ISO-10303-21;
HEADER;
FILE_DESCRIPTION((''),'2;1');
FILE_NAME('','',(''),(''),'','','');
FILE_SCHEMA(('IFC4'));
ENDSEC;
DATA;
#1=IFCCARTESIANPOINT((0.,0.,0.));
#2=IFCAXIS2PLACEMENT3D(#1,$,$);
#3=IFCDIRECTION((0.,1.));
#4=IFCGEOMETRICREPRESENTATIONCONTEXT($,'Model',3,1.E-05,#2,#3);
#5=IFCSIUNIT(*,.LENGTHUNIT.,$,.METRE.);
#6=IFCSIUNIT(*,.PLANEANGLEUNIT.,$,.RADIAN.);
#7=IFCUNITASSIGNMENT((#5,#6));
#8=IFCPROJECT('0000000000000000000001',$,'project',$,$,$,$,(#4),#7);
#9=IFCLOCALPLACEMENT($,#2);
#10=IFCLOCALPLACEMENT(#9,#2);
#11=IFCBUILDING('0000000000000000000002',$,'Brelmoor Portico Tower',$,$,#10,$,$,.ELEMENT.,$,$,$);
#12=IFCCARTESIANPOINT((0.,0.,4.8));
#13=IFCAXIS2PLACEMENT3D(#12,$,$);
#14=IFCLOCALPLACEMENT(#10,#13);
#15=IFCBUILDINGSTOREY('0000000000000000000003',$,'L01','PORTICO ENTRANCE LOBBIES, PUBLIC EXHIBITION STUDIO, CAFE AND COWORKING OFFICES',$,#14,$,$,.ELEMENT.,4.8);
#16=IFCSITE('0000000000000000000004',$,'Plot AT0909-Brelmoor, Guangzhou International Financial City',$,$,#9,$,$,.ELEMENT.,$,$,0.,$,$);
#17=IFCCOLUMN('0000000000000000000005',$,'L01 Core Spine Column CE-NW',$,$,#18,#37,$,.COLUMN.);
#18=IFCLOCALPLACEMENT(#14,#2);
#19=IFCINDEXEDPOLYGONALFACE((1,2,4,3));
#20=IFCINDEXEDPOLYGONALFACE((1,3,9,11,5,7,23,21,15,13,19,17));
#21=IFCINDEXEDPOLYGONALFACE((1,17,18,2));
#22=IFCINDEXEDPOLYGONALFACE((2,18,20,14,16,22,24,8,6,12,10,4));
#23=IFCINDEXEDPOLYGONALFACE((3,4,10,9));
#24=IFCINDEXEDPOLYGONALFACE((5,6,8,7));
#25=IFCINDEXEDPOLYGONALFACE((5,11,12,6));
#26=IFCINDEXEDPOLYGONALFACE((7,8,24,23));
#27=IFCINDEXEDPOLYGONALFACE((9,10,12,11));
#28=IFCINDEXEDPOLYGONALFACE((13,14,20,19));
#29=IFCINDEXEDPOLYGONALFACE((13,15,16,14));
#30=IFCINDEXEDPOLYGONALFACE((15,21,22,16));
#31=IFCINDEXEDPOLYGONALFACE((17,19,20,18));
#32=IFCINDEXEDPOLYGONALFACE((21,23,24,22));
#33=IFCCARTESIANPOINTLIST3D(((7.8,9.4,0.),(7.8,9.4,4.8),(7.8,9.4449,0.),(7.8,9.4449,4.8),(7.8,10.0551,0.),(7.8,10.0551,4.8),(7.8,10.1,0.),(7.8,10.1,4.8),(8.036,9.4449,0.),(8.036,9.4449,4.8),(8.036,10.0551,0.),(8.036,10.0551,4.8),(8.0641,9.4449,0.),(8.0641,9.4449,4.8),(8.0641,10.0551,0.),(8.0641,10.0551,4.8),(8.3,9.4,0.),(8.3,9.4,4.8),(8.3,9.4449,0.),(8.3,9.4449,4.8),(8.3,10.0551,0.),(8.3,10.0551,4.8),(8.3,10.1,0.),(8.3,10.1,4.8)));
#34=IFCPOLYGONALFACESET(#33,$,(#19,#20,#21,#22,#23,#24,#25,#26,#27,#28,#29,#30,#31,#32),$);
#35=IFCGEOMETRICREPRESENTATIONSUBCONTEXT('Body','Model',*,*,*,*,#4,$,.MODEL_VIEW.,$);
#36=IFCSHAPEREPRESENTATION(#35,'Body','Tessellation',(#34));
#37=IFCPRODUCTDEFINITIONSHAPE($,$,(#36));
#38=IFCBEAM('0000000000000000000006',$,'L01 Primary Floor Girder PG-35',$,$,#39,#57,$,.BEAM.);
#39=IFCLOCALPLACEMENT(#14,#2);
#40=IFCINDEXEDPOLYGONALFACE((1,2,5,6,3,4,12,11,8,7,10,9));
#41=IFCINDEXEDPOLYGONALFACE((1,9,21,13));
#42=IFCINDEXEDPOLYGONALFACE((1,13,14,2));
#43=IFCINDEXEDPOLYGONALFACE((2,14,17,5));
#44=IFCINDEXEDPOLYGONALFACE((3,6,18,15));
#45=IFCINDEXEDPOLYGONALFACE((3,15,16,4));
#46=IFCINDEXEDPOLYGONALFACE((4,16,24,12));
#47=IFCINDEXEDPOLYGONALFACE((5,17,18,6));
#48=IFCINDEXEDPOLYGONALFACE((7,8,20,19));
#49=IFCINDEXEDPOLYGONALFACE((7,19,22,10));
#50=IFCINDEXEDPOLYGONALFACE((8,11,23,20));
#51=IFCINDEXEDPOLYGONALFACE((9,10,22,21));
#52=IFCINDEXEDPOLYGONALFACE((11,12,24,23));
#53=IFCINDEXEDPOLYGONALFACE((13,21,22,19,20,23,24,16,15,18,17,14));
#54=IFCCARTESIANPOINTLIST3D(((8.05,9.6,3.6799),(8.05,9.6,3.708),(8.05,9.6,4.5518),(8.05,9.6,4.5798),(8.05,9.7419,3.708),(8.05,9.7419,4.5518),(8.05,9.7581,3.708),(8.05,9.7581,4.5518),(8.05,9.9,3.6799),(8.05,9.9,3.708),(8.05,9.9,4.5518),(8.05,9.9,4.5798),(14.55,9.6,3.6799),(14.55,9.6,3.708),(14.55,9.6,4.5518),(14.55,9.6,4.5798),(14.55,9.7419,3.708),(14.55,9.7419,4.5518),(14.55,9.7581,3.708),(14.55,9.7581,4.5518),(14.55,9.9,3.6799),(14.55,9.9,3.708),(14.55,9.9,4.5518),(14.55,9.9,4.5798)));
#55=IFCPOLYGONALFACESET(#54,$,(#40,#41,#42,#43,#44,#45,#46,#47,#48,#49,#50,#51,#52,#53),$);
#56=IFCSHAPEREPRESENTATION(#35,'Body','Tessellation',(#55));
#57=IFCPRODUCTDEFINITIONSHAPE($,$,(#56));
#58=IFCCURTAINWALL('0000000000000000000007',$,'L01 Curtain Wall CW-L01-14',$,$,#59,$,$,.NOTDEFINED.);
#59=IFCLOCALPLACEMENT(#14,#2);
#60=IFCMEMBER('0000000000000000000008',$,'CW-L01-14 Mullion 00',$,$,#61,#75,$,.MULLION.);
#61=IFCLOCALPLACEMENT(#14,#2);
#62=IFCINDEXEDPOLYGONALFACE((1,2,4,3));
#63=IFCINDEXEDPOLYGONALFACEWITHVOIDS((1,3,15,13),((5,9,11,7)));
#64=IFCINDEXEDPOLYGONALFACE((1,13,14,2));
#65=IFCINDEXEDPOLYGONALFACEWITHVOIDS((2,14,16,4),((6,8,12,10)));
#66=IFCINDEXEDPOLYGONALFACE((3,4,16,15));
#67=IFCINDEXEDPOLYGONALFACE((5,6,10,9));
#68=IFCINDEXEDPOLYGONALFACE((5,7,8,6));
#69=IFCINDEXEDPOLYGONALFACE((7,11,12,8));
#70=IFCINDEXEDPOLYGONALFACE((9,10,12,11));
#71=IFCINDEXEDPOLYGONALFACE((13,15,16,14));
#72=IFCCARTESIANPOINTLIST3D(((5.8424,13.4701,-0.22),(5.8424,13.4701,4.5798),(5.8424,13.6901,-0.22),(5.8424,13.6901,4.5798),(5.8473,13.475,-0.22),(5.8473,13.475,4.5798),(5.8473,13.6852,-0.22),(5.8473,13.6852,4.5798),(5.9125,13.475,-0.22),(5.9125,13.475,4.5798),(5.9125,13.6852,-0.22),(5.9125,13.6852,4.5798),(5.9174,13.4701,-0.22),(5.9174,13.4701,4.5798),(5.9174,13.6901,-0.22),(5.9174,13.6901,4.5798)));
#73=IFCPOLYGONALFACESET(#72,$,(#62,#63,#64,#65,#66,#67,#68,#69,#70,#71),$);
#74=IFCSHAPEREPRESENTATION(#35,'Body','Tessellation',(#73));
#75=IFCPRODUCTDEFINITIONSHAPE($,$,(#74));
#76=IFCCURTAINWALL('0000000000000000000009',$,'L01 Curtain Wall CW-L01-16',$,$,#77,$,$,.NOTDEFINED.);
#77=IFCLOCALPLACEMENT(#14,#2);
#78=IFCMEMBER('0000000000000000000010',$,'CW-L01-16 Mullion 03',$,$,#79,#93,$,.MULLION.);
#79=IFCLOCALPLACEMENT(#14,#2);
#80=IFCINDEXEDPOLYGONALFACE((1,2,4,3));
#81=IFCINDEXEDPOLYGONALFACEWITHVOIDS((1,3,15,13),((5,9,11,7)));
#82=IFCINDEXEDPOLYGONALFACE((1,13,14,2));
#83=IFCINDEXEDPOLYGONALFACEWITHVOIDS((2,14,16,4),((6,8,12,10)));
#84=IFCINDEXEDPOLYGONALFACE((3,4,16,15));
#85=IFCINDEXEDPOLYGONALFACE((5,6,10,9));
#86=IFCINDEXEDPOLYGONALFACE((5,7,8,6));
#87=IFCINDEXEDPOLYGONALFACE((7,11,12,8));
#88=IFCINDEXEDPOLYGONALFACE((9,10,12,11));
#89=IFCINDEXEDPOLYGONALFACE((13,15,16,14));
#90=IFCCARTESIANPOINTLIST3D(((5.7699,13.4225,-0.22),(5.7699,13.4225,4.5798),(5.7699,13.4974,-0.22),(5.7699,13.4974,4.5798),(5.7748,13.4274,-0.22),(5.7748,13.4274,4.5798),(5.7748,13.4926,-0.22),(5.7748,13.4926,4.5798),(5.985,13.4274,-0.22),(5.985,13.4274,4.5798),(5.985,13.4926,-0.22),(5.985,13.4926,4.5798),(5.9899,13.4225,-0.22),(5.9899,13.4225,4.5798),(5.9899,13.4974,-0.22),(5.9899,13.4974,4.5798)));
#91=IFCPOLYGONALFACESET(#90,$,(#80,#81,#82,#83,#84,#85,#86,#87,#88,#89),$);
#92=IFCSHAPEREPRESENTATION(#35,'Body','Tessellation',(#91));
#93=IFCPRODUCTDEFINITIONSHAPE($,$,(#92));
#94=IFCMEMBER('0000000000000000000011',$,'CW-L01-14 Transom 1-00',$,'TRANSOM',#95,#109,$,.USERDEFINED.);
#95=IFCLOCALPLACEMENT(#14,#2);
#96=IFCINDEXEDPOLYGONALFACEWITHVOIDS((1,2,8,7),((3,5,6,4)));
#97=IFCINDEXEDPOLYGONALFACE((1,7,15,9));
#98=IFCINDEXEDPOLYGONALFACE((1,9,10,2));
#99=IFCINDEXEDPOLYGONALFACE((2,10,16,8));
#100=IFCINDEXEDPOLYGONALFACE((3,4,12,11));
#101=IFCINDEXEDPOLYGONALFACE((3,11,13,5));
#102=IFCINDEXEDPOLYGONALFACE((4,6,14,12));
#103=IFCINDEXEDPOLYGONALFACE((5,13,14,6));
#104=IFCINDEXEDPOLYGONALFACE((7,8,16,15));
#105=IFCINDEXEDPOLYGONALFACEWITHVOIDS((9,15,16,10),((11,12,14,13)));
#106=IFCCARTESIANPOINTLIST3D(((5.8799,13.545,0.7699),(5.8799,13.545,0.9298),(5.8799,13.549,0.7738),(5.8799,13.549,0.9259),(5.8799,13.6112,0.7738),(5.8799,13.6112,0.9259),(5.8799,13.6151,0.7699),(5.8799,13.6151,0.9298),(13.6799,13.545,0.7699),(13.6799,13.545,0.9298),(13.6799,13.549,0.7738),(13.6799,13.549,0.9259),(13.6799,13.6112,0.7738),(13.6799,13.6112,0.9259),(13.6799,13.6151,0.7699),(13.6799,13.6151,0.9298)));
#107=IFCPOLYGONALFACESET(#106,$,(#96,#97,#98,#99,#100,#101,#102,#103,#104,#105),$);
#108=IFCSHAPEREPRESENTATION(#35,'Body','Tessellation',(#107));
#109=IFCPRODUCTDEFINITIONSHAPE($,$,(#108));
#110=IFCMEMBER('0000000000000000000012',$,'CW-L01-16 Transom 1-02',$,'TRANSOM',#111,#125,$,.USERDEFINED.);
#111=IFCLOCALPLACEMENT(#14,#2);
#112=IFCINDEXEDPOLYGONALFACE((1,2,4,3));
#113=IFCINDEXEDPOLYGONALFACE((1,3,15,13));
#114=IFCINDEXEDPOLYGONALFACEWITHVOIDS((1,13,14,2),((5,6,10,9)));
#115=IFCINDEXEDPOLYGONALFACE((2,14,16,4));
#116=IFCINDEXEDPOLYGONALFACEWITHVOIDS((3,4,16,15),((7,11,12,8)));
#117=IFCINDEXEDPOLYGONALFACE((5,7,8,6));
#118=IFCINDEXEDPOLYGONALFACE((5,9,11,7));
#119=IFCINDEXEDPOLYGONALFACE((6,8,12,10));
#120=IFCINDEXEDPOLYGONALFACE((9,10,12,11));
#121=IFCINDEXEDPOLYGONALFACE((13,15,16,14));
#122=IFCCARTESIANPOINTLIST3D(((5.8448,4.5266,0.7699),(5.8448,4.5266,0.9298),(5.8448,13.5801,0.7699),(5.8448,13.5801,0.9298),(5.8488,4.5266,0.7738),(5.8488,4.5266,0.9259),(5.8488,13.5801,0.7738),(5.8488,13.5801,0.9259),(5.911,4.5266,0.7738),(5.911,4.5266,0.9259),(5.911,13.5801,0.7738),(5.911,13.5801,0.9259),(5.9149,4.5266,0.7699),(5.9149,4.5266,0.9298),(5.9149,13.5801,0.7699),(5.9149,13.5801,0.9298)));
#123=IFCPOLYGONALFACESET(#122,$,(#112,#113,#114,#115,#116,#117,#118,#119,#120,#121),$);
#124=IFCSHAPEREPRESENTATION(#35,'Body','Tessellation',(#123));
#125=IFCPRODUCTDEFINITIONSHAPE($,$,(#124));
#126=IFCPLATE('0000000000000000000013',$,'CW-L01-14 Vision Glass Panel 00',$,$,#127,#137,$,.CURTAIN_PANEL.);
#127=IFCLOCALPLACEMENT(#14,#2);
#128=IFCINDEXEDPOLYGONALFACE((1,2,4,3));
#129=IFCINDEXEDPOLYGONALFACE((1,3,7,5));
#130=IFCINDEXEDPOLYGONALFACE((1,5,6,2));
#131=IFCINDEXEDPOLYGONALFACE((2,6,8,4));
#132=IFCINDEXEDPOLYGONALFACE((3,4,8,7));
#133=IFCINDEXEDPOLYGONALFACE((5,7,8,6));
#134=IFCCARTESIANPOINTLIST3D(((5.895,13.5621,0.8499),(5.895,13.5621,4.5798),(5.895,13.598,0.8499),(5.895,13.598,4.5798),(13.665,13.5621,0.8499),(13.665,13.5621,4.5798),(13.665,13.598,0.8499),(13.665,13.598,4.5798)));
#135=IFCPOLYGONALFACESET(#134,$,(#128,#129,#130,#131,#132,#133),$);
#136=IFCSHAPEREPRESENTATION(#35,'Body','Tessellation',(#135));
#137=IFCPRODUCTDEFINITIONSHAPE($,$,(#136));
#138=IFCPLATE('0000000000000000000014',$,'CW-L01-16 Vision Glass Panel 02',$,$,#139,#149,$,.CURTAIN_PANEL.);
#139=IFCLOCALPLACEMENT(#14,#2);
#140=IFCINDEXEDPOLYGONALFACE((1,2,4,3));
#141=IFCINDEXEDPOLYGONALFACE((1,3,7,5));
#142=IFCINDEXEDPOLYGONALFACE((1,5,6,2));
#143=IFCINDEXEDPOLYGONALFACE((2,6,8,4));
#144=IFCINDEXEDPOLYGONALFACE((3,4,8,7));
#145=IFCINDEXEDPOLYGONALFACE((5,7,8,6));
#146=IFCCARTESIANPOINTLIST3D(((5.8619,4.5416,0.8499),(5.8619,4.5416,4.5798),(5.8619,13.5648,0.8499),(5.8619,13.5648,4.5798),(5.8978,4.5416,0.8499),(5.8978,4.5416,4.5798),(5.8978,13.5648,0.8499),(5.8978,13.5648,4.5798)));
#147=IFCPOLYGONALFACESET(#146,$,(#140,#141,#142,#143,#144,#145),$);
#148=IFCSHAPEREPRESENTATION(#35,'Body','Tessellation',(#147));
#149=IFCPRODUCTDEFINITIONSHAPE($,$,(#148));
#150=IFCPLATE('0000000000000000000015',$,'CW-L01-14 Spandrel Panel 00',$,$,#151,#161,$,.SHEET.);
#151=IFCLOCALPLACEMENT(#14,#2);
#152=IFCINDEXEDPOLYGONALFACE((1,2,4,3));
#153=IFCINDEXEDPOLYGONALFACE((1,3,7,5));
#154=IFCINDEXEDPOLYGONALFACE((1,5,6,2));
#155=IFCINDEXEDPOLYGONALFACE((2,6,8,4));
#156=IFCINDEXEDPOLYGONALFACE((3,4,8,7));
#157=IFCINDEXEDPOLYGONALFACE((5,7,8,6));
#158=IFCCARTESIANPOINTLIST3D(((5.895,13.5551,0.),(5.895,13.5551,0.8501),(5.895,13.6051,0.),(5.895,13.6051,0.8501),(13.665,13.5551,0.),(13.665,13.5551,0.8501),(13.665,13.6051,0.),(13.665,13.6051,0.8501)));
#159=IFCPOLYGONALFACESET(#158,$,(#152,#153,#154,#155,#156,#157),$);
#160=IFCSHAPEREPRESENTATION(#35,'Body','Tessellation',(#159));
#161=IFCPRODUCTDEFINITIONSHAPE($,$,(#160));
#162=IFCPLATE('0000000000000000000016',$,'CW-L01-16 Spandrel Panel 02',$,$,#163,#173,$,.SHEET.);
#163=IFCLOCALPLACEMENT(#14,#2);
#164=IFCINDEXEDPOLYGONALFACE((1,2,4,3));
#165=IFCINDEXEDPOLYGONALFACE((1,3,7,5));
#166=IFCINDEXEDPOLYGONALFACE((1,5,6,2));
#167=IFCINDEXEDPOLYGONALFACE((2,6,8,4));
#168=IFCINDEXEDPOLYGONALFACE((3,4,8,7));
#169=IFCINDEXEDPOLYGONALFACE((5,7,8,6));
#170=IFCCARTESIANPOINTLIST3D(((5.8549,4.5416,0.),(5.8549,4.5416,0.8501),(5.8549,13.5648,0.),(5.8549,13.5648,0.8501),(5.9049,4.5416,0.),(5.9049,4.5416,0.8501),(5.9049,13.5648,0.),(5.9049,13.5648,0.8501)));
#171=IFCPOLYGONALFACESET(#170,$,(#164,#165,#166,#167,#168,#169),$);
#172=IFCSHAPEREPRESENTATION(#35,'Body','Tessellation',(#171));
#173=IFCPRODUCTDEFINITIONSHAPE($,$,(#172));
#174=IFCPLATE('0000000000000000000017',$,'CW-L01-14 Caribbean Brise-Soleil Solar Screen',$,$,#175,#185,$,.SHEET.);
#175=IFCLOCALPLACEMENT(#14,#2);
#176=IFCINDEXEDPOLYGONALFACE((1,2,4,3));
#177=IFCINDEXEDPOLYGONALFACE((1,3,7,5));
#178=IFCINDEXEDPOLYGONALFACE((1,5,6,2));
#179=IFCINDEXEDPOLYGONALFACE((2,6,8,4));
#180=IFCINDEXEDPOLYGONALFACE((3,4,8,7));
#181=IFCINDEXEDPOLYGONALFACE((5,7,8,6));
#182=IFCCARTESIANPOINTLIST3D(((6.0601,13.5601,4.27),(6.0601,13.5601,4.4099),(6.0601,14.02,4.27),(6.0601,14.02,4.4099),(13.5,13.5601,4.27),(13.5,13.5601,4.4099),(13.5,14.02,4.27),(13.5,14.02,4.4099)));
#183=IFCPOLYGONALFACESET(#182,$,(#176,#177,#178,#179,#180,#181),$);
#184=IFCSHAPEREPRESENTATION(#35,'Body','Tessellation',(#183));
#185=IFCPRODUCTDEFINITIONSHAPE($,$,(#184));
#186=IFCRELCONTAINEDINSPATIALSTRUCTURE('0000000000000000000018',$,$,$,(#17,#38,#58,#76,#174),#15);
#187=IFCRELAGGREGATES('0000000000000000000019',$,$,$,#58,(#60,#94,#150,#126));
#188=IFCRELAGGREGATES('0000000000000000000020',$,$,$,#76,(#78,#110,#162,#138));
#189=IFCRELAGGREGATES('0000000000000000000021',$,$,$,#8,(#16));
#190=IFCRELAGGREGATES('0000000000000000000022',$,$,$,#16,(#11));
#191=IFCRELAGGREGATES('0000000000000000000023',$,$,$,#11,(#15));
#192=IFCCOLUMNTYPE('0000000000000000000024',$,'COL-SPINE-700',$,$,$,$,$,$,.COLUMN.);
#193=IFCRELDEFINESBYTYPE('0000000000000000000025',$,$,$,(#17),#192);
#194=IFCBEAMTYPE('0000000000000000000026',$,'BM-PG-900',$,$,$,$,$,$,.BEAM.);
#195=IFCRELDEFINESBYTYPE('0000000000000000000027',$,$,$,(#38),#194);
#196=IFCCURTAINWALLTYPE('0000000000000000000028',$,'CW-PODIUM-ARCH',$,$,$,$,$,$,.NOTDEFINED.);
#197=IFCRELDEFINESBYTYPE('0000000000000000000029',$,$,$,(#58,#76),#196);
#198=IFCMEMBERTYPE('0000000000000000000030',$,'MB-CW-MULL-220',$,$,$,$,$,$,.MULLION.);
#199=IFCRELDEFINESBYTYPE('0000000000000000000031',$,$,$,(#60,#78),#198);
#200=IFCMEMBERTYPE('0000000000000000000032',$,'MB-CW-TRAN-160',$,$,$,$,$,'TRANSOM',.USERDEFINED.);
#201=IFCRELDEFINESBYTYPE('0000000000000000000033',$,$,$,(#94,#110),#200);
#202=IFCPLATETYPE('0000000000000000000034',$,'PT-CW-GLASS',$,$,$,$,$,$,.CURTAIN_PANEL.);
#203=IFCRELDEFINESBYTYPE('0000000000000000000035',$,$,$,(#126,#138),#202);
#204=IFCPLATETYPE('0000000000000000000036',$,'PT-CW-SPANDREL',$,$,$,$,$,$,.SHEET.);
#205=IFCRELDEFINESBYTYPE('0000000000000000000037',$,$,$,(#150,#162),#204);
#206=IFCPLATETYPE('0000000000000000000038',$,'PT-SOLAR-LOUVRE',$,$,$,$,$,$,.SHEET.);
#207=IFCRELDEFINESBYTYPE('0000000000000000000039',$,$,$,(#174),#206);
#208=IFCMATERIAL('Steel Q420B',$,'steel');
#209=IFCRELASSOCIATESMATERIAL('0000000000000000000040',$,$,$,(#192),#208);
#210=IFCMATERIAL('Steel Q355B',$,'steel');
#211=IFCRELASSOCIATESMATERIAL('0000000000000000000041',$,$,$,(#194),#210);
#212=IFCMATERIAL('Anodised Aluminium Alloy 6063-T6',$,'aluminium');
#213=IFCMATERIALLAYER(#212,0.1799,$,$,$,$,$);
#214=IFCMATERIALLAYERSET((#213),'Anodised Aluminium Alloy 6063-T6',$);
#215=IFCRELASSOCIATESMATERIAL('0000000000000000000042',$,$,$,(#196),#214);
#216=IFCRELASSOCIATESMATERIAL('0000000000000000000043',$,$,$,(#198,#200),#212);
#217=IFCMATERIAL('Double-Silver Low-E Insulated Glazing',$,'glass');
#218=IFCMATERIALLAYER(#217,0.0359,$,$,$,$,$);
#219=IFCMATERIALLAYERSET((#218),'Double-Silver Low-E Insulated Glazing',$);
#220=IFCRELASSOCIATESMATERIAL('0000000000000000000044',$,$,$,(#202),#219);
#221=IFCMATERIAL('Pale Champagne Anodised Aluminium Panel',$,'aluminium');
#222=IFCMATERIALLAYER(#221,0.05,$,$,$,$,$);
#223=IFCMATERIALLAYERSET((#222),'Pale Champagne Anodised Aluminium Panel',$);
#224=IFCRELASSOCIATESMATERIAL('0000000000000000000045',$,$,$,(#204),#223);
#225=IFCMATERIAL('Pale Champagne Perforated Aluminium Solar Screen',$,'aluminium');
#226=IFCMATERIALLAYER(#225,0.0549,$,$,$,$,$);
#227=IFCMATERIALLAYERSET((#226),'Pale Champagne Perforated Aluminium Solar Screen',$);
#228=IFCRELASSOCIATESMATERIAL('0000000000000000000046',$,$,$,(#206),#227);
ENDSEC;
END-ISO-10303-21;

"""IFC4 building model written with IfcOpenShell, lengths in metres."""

from ifc_helpers import new_model, si_unit, direction, frame, origin, origin_2d, place, context, subcontext, project, spatial, rectangle, hollow_rectangle, i_section, extrude, material, layer, layer_set, material_profile, profile_set, type_object, element, aggregate, save


model = new_model("IFC4")

# Units and contexts
model_context = context("Model", 3, precision=1e-05, world=origin(), true_north=direction((0.0, 1.0)))
body_context = subcontext(model_context, "Body", "Model", "MODEL_VIEW")
ifc_project = project(units=[si_unit("LENGTHUNIT", "METRE"), si_unit("PLANEANGLEUNIT", "RADIAN")], contexts=[model_context])

# Site, building, storey
site_placement = place(None, origin())
site = spatial("IfcSite", under=ifc_project, at=site_placement, Name="Plot AT0909-Brelmoor, Guangzhou International Financial City", CompositionType="ELEMENT", RefElevation=0.0)
building_placement = place(site_placement, origin())
building = spatial("IfcBuilding", under=site, at=building_placement, Name="Brelmoor Portico Tower", CompositionType="ELEMENT")
storey_placement = place(building_placement, frame((0.0, 0.0, 4.8)))
storey = spatial("IfcBuildingStorey", under=building, at=storey_placement, Name="L01", Description="PORTICO ENTRANCE LOBBIES, PUBLIC EXHIBITION STUDIO, CAFE AND COWORKING OFFICES", CompositionType="ELEMENT", Elevation=4.8)

# Column
ifc_material_1 = material(Name="Steel Q420B", Category="steel")
ifc_material_profile_1 = material_profile(ifc_material_1, i_section(OverallWidth=0.5, OverallDepth=0.7, WebThickness=0.0281, FlangeThickness=0.0449, at=origin_2d()), Name="HW 700x500x28x45")
ifc_profile_set_1 = profile_set([ifc_material_profile_1], Name="Steel Q420B")
column_type = type_object("IfcColumnType", Name="COL-SPINE-700", PredefinedType="COLUMN", material=ifc_profile_set_1)
column_placement = place(storey_placement, frame((8.05, 9.75, 0.0), z_axis=(0.0, 0.0, 1.0), x_axis=(1.0, 0.0, 0.0)))
element("IfcColumn", 1, at=column_placement, inside=storey, type_object=column_type, Name="L01 Core Spine Column CE-NW", PredefinedType="COLUMN", context=body_context, shape_type="SweptSolid", body=[
    extrude(i_section(OverallWidth=0.5, OverallDepth=0.7, WebThickness=0.0281, FlangeThickness=0.0449, at=origin_2d()), origin(), (0.0, 0.0, 1.0), 4.8),
])

# Beam
ifc_material_2 = material(Name="Steel Q355B", Category="steel")
ifc_material_profile_2 = material_profile(ifc_material_2, i_section(OverallWidth=0.3, OverallDepth=0.8999, WebThickness=0.0161, FlangeThickness=0.0281, at=origin_2d()), Name="HN 900x300x16x28")
ifc_profile_set_2 = profile_set([ifc_material_profile_2], Name="Steel Q355B")
beam_type = type_object("IfcBeamType", Name="BM-PG-900", PredefinedType="BEAM", material=ifc_profile_set_2)
beam_placement = place(storey_placement, frame((8.05, 9.75, 4.1299), z_axis=(1.0, 0.0, 0.0), x_axis=(0.0, 1.0, 0.0)))
element("IfcBeam", 2, at=beam_placement, inside=storey, type_object=beam_type, Name="L01 Primary Floor Girder PG-35", PredefinedType="BEAM", context=body_context, shape_type="SweptSolid", body=[
    extrude(i_section(OverallWidth=0.3, OverallDepth=0.8999, WebThickness=0.0161, FlangeThickness=0.0281, at=origin_2d()), origin(), (0.0, 0.0, 1.0), 6.5),
])

# Curtain walls, members
ifc_material_3 = material(Name="Anodised Aluminium Alloy 6063-T6", Category="aluminium")
ifc_layer_1 = layer(ifc_material_3, 0.1799)
ifc_layer_set_1 = layer_set([ifc_layer_1], Name="Anodised Aluminium Alloy 6063-T6")
curtain_wall_type = type_object("IfcCurtainWallType", Name="CW-PODIUM-ARCH", PredefinedType="NOTDEFINED", material=ifc_layer_set_1)
curtain_wall_1_placement = place(storey_placement, origin())
curtain_wall_1 = element("IfcCurtainWall", 3, at=curtain_wall_1_placement, inside=storey, type_object=curtain_wall_type, Name="L01 Curtain Wall CW-L01-14", PredefinedType="NOTDEFINED")
ifc_material_profile_3 = material_profile(ifc_material_3, hollow_rectangle(XDim=0.075, YDim=0.22, WallThickness=0.0049, at=origin_2d()), Name="ALU MULLION 75x220")
ifc_profile_set_3 = profile_set([ifc_material_profile_3], Name="Anodised Aluminium Alloy 6063-T6")
member_type_1 = type_object("IfcMemberType", Name="MB-CW-MULL-220", PredefinedType="MULLION", material=ifc_profile_set_3)
member_1_placement = place(storey_placement, frame((5.8799, 13.5801, -0.22), z_axis=(0.0, 0.0, 1.0), x_axis=(1.0, 0.0, 0.0)))
member_1 = element("IfcMember", 4, at=member_1_placement, type_object=member_type_1, Name="CW-L01-14 Mullion 00", PredefinedType="MULLION", context=body_context, shape_type="SweptSolid", body=[
    extrude(hollow_rectangle(XDim=0.075, YDim=0.22, WallThickness=0.0049, at=origin_2d()), origin(), (0.0, 0.0, 1.0), 4.7998),
])
curtain_wall_2_placement = place(storey_placement, origin())
curtain_wall_2 = element("IfcCurtainWall", 5, at=curtain_wall_2_placement, inside=storey, type_object=curtain_wall_type, Name="L01 Curtain Wall CW-L01-16", PredefinedType="NOTDEFINED")
member_2_placement = place(storey_placement, frame((5.8799, 13.46, -0.22), z_axis=(0.0, 0.0, 1.0), x_axis=(0.0, 1.0, 0.0)))
member_2 = element("IfcMember", 6, at=member_2_placement, type_object=member_type_1, Name="CW-L01-16 Mullion 03", PredefinedType="MULLION", context=body_context, shape_type="SweptSolid", body=[
    extrude(hollow_rectangle(XDim=0.075, YDim=0.22, WallThickness=0.0049, at=origin_2d()), origin(), (0.0, 0.0, 1.0), 4.7998),
])

# Members
ifc_material_profile_4 = material_profile(ifc_material_3, hollow_rectangle(XDim=0.0701, YDim=0.1599, WallThickness=0.0039, at=origin_2d()), Name="ALU TRANSOM 70x160")
ifc_profile_set_4 = profile_set([ifc_material_profile_4], Name="Anodised Aluminium Alloy 6063-T6")
member_type_2 = type_object("IfcMemberType", Name="MB-CW-TRAN-160", ElementType="TRANSOM", PredefinedType="USERDEFINED", material=ifc_profile_set_4)
member_3_placement = place(storey_placement, frame((5.8799, 13.5801, 0.8499), z_axis=(1.0, 0.0, 0.0), x_axis=(0.0, 1.0, 0.0)))
member_3 = element("IfcMember", 7, at=member_3_placement, type_object=member_type_2, Name="CW-L01-14 Transom 1-00", ObjectType="TRANSOM", PredefinedType="USERDEFINED", context=body_context, shape_type="SweptSolid", body=[
    extrude(hollow_rectangle(XDim=0.0701, YDim=0.1599, WallThickness=0.0039, at=origin_2d()), origin(), (0.0, 0.0, 1.0), 7.8),
])
member_4_placement = place(storey_placement, frame((5.8799, 4.5266, 0.8499), z_axis=(0.0, 1.0, 0.0), x_axis=(-1.0, 0.0, 0.0)))
member_4 = element("IfcMember", 8, at=member_4_placement, type_object=member_type_2, Name="CW-L01-16 Transom 1-02", ObjectType="TRANSOM", PredefinedType="USERDEFINED", context=body_context, shape_type="SweptSolid", body=[
    extrude(hollow_rectangle(XDim=0.0701, YDim=0.1599, WallThickness=0.0039, at=origin_2d()), origin(), (0.0, 0.0, 1.0), 9.0535),
])

# Plates
ifc_material_4 = material(Name="Double-Silver Low-E Insulated Glazing", Category="glass")
ifc_layer_2 = layer(ifc_material_4, 0.0359)
ifc_layer_set_2 = layer_set([ifc_layer_2], Name="Double-Silver Low-E Insulated Glazing")
plate_type_1 = type_object("IfcPlateType", Name="PT-CW-GLASS", PredefinedType="CURTAIN_PANEL", material=ifc_layer_set_2)
plate_1_placement = place(storey_placement, frame((9.78, 13.5801, 0.8499), z_axis=(0.0, 0.0, 1.0), x_axis=(1.0, 0.0, 0.0)))
plate_1 = element("IfcPlate", 9, at=plate_1_placement, type_object=plate_type_1, Name="CW-L01-14 Vision Glass Panel 00", PredefinedType="CURTAIN_PANEL", context=body_context, shape_type="SweptSolid", body=[
    extrude(rectangle(XDim=7.77, YDim=0.0359, at=origin_2d()), origin(), (0.0, 0.0, 1.0), 3.73),
])
plate_2_placement = place(storey_placement, frame((5.8799, 9.0532, 0.8499), z_axis=(0.0, 0.0, 1.0), x_axis=(0.0, 1.0, 0.0)))
plate_2 = element("IfcPlate", 10, at=plate_2_placement, type_object=plate_type_1, Name="CW-L01-16 Vision Glass Panel 02", PredefinedType="CURTAIN_PANEL", context=body_context, shape_type="SweptSolid", body=[
    extrude(rectangle(XDim=9.0232, YDim=0.0359, at=origin_2d()), origin(), (0.0, 0.0, 1.0), 3.73),
])
ifc_material_5 = material(Name="Pale Champagne Anodised Aluminium Panel", Category="aluminium")
ifc_layer_3 = layer(ifc_material_5, 0.05)
ifc_layer_set_3 = layer_set([ifc_layer_3], Name="Pale Champagne Anodised Aluminium Panel")
plate_type_2 = type_object("IfcPlateType", Name="PT-CW-SPANDREL", PredefinedType="SHEET", material=ifc_layer_set_3)
plate_3_placement = place(storey_placement, frame((9.78, 13.5801, 0.0), z_axis=(0.0, 0.0, 1.0), x_axis=(1.0, 0.0, 0.0)))
plate_3 = element("IfcPlate", 11, at=plate_3_placement, type_object=plate_type_2, Name="CW-L01-14 Spandrel Panel 00", PredefinedType="SHEET", context=body_context, shape_type="SweptSolid", body=[
    extrude(rectangle(XDim=7.77, YDim=0.05, at=origin_2d()), origin(), (0.0, 0.0, 1.0), 0.8501),
])
aggregate(curtain_wall_1, [member_1, member_3, plate_3, plate_1])
plate_4_placement = place(storey_placement, frame((5.8799, 9.0532, 0.0), z_axis=(0.0, 0.0, 1.0), x_axis=(0.0, 1.0, 0.0)))
plate_4 = element("IfcPlate", 12, at=plate_4_placement, type_object=plate_type_2, Name="CW-L01-16 Spandrel Panel 02", PredefinedType="SHEET", context=body_context, shape_type="SweptSolid", body=[
    extrude(rectangle(XDim=9.0232, YDim=0.05, at=origin_2d()), origin(), (0.0, 0.0, 1.0), 0.8501),
])
aggregate(curtain_wall_2, [member_2, member_4, plate_4, plate_2])
ifc_material_6 = material(Name="Pale Champagne Perforated Aluminium Solar Screen", Category="aluminium")
ifc_layer_4 = layer(ifc_material_6, 0.0549)
ifc_layer_set_4 = layer_set([ifc_layer_4], Name="Pale Champagne Perforated Aluminium Solar Screen")
plate_type_3 = type_object("IfcPlateType", Name="PT-SOLAR-LOUVRE", PredefinedType="SHEET", material=ifc_layer_set_4)
plate_5_placement = place(storey_placement, frame((9.78, 13.79, 4.27), z_axis=(0.0, 0.0, 1.0), x_axis=(1.0, 0.0, 0.0)))
element("IfcPlate", 13, at=plate_5_placement, inside=storey, type_object=plate_type_3, Name="CW-L01-14 Caribbean Brise-Soleil Solar Screen", PredefinedType="SHEET", context=body_context, shape_type="SweptSolid", body=[
    extrude(rectangle(XDim=7.4399, YDim=0.46, at=origin_2d()), origin(), (0.0, 0.0, 1.0), 0.1399),
])

save(model, "model.ifc")
